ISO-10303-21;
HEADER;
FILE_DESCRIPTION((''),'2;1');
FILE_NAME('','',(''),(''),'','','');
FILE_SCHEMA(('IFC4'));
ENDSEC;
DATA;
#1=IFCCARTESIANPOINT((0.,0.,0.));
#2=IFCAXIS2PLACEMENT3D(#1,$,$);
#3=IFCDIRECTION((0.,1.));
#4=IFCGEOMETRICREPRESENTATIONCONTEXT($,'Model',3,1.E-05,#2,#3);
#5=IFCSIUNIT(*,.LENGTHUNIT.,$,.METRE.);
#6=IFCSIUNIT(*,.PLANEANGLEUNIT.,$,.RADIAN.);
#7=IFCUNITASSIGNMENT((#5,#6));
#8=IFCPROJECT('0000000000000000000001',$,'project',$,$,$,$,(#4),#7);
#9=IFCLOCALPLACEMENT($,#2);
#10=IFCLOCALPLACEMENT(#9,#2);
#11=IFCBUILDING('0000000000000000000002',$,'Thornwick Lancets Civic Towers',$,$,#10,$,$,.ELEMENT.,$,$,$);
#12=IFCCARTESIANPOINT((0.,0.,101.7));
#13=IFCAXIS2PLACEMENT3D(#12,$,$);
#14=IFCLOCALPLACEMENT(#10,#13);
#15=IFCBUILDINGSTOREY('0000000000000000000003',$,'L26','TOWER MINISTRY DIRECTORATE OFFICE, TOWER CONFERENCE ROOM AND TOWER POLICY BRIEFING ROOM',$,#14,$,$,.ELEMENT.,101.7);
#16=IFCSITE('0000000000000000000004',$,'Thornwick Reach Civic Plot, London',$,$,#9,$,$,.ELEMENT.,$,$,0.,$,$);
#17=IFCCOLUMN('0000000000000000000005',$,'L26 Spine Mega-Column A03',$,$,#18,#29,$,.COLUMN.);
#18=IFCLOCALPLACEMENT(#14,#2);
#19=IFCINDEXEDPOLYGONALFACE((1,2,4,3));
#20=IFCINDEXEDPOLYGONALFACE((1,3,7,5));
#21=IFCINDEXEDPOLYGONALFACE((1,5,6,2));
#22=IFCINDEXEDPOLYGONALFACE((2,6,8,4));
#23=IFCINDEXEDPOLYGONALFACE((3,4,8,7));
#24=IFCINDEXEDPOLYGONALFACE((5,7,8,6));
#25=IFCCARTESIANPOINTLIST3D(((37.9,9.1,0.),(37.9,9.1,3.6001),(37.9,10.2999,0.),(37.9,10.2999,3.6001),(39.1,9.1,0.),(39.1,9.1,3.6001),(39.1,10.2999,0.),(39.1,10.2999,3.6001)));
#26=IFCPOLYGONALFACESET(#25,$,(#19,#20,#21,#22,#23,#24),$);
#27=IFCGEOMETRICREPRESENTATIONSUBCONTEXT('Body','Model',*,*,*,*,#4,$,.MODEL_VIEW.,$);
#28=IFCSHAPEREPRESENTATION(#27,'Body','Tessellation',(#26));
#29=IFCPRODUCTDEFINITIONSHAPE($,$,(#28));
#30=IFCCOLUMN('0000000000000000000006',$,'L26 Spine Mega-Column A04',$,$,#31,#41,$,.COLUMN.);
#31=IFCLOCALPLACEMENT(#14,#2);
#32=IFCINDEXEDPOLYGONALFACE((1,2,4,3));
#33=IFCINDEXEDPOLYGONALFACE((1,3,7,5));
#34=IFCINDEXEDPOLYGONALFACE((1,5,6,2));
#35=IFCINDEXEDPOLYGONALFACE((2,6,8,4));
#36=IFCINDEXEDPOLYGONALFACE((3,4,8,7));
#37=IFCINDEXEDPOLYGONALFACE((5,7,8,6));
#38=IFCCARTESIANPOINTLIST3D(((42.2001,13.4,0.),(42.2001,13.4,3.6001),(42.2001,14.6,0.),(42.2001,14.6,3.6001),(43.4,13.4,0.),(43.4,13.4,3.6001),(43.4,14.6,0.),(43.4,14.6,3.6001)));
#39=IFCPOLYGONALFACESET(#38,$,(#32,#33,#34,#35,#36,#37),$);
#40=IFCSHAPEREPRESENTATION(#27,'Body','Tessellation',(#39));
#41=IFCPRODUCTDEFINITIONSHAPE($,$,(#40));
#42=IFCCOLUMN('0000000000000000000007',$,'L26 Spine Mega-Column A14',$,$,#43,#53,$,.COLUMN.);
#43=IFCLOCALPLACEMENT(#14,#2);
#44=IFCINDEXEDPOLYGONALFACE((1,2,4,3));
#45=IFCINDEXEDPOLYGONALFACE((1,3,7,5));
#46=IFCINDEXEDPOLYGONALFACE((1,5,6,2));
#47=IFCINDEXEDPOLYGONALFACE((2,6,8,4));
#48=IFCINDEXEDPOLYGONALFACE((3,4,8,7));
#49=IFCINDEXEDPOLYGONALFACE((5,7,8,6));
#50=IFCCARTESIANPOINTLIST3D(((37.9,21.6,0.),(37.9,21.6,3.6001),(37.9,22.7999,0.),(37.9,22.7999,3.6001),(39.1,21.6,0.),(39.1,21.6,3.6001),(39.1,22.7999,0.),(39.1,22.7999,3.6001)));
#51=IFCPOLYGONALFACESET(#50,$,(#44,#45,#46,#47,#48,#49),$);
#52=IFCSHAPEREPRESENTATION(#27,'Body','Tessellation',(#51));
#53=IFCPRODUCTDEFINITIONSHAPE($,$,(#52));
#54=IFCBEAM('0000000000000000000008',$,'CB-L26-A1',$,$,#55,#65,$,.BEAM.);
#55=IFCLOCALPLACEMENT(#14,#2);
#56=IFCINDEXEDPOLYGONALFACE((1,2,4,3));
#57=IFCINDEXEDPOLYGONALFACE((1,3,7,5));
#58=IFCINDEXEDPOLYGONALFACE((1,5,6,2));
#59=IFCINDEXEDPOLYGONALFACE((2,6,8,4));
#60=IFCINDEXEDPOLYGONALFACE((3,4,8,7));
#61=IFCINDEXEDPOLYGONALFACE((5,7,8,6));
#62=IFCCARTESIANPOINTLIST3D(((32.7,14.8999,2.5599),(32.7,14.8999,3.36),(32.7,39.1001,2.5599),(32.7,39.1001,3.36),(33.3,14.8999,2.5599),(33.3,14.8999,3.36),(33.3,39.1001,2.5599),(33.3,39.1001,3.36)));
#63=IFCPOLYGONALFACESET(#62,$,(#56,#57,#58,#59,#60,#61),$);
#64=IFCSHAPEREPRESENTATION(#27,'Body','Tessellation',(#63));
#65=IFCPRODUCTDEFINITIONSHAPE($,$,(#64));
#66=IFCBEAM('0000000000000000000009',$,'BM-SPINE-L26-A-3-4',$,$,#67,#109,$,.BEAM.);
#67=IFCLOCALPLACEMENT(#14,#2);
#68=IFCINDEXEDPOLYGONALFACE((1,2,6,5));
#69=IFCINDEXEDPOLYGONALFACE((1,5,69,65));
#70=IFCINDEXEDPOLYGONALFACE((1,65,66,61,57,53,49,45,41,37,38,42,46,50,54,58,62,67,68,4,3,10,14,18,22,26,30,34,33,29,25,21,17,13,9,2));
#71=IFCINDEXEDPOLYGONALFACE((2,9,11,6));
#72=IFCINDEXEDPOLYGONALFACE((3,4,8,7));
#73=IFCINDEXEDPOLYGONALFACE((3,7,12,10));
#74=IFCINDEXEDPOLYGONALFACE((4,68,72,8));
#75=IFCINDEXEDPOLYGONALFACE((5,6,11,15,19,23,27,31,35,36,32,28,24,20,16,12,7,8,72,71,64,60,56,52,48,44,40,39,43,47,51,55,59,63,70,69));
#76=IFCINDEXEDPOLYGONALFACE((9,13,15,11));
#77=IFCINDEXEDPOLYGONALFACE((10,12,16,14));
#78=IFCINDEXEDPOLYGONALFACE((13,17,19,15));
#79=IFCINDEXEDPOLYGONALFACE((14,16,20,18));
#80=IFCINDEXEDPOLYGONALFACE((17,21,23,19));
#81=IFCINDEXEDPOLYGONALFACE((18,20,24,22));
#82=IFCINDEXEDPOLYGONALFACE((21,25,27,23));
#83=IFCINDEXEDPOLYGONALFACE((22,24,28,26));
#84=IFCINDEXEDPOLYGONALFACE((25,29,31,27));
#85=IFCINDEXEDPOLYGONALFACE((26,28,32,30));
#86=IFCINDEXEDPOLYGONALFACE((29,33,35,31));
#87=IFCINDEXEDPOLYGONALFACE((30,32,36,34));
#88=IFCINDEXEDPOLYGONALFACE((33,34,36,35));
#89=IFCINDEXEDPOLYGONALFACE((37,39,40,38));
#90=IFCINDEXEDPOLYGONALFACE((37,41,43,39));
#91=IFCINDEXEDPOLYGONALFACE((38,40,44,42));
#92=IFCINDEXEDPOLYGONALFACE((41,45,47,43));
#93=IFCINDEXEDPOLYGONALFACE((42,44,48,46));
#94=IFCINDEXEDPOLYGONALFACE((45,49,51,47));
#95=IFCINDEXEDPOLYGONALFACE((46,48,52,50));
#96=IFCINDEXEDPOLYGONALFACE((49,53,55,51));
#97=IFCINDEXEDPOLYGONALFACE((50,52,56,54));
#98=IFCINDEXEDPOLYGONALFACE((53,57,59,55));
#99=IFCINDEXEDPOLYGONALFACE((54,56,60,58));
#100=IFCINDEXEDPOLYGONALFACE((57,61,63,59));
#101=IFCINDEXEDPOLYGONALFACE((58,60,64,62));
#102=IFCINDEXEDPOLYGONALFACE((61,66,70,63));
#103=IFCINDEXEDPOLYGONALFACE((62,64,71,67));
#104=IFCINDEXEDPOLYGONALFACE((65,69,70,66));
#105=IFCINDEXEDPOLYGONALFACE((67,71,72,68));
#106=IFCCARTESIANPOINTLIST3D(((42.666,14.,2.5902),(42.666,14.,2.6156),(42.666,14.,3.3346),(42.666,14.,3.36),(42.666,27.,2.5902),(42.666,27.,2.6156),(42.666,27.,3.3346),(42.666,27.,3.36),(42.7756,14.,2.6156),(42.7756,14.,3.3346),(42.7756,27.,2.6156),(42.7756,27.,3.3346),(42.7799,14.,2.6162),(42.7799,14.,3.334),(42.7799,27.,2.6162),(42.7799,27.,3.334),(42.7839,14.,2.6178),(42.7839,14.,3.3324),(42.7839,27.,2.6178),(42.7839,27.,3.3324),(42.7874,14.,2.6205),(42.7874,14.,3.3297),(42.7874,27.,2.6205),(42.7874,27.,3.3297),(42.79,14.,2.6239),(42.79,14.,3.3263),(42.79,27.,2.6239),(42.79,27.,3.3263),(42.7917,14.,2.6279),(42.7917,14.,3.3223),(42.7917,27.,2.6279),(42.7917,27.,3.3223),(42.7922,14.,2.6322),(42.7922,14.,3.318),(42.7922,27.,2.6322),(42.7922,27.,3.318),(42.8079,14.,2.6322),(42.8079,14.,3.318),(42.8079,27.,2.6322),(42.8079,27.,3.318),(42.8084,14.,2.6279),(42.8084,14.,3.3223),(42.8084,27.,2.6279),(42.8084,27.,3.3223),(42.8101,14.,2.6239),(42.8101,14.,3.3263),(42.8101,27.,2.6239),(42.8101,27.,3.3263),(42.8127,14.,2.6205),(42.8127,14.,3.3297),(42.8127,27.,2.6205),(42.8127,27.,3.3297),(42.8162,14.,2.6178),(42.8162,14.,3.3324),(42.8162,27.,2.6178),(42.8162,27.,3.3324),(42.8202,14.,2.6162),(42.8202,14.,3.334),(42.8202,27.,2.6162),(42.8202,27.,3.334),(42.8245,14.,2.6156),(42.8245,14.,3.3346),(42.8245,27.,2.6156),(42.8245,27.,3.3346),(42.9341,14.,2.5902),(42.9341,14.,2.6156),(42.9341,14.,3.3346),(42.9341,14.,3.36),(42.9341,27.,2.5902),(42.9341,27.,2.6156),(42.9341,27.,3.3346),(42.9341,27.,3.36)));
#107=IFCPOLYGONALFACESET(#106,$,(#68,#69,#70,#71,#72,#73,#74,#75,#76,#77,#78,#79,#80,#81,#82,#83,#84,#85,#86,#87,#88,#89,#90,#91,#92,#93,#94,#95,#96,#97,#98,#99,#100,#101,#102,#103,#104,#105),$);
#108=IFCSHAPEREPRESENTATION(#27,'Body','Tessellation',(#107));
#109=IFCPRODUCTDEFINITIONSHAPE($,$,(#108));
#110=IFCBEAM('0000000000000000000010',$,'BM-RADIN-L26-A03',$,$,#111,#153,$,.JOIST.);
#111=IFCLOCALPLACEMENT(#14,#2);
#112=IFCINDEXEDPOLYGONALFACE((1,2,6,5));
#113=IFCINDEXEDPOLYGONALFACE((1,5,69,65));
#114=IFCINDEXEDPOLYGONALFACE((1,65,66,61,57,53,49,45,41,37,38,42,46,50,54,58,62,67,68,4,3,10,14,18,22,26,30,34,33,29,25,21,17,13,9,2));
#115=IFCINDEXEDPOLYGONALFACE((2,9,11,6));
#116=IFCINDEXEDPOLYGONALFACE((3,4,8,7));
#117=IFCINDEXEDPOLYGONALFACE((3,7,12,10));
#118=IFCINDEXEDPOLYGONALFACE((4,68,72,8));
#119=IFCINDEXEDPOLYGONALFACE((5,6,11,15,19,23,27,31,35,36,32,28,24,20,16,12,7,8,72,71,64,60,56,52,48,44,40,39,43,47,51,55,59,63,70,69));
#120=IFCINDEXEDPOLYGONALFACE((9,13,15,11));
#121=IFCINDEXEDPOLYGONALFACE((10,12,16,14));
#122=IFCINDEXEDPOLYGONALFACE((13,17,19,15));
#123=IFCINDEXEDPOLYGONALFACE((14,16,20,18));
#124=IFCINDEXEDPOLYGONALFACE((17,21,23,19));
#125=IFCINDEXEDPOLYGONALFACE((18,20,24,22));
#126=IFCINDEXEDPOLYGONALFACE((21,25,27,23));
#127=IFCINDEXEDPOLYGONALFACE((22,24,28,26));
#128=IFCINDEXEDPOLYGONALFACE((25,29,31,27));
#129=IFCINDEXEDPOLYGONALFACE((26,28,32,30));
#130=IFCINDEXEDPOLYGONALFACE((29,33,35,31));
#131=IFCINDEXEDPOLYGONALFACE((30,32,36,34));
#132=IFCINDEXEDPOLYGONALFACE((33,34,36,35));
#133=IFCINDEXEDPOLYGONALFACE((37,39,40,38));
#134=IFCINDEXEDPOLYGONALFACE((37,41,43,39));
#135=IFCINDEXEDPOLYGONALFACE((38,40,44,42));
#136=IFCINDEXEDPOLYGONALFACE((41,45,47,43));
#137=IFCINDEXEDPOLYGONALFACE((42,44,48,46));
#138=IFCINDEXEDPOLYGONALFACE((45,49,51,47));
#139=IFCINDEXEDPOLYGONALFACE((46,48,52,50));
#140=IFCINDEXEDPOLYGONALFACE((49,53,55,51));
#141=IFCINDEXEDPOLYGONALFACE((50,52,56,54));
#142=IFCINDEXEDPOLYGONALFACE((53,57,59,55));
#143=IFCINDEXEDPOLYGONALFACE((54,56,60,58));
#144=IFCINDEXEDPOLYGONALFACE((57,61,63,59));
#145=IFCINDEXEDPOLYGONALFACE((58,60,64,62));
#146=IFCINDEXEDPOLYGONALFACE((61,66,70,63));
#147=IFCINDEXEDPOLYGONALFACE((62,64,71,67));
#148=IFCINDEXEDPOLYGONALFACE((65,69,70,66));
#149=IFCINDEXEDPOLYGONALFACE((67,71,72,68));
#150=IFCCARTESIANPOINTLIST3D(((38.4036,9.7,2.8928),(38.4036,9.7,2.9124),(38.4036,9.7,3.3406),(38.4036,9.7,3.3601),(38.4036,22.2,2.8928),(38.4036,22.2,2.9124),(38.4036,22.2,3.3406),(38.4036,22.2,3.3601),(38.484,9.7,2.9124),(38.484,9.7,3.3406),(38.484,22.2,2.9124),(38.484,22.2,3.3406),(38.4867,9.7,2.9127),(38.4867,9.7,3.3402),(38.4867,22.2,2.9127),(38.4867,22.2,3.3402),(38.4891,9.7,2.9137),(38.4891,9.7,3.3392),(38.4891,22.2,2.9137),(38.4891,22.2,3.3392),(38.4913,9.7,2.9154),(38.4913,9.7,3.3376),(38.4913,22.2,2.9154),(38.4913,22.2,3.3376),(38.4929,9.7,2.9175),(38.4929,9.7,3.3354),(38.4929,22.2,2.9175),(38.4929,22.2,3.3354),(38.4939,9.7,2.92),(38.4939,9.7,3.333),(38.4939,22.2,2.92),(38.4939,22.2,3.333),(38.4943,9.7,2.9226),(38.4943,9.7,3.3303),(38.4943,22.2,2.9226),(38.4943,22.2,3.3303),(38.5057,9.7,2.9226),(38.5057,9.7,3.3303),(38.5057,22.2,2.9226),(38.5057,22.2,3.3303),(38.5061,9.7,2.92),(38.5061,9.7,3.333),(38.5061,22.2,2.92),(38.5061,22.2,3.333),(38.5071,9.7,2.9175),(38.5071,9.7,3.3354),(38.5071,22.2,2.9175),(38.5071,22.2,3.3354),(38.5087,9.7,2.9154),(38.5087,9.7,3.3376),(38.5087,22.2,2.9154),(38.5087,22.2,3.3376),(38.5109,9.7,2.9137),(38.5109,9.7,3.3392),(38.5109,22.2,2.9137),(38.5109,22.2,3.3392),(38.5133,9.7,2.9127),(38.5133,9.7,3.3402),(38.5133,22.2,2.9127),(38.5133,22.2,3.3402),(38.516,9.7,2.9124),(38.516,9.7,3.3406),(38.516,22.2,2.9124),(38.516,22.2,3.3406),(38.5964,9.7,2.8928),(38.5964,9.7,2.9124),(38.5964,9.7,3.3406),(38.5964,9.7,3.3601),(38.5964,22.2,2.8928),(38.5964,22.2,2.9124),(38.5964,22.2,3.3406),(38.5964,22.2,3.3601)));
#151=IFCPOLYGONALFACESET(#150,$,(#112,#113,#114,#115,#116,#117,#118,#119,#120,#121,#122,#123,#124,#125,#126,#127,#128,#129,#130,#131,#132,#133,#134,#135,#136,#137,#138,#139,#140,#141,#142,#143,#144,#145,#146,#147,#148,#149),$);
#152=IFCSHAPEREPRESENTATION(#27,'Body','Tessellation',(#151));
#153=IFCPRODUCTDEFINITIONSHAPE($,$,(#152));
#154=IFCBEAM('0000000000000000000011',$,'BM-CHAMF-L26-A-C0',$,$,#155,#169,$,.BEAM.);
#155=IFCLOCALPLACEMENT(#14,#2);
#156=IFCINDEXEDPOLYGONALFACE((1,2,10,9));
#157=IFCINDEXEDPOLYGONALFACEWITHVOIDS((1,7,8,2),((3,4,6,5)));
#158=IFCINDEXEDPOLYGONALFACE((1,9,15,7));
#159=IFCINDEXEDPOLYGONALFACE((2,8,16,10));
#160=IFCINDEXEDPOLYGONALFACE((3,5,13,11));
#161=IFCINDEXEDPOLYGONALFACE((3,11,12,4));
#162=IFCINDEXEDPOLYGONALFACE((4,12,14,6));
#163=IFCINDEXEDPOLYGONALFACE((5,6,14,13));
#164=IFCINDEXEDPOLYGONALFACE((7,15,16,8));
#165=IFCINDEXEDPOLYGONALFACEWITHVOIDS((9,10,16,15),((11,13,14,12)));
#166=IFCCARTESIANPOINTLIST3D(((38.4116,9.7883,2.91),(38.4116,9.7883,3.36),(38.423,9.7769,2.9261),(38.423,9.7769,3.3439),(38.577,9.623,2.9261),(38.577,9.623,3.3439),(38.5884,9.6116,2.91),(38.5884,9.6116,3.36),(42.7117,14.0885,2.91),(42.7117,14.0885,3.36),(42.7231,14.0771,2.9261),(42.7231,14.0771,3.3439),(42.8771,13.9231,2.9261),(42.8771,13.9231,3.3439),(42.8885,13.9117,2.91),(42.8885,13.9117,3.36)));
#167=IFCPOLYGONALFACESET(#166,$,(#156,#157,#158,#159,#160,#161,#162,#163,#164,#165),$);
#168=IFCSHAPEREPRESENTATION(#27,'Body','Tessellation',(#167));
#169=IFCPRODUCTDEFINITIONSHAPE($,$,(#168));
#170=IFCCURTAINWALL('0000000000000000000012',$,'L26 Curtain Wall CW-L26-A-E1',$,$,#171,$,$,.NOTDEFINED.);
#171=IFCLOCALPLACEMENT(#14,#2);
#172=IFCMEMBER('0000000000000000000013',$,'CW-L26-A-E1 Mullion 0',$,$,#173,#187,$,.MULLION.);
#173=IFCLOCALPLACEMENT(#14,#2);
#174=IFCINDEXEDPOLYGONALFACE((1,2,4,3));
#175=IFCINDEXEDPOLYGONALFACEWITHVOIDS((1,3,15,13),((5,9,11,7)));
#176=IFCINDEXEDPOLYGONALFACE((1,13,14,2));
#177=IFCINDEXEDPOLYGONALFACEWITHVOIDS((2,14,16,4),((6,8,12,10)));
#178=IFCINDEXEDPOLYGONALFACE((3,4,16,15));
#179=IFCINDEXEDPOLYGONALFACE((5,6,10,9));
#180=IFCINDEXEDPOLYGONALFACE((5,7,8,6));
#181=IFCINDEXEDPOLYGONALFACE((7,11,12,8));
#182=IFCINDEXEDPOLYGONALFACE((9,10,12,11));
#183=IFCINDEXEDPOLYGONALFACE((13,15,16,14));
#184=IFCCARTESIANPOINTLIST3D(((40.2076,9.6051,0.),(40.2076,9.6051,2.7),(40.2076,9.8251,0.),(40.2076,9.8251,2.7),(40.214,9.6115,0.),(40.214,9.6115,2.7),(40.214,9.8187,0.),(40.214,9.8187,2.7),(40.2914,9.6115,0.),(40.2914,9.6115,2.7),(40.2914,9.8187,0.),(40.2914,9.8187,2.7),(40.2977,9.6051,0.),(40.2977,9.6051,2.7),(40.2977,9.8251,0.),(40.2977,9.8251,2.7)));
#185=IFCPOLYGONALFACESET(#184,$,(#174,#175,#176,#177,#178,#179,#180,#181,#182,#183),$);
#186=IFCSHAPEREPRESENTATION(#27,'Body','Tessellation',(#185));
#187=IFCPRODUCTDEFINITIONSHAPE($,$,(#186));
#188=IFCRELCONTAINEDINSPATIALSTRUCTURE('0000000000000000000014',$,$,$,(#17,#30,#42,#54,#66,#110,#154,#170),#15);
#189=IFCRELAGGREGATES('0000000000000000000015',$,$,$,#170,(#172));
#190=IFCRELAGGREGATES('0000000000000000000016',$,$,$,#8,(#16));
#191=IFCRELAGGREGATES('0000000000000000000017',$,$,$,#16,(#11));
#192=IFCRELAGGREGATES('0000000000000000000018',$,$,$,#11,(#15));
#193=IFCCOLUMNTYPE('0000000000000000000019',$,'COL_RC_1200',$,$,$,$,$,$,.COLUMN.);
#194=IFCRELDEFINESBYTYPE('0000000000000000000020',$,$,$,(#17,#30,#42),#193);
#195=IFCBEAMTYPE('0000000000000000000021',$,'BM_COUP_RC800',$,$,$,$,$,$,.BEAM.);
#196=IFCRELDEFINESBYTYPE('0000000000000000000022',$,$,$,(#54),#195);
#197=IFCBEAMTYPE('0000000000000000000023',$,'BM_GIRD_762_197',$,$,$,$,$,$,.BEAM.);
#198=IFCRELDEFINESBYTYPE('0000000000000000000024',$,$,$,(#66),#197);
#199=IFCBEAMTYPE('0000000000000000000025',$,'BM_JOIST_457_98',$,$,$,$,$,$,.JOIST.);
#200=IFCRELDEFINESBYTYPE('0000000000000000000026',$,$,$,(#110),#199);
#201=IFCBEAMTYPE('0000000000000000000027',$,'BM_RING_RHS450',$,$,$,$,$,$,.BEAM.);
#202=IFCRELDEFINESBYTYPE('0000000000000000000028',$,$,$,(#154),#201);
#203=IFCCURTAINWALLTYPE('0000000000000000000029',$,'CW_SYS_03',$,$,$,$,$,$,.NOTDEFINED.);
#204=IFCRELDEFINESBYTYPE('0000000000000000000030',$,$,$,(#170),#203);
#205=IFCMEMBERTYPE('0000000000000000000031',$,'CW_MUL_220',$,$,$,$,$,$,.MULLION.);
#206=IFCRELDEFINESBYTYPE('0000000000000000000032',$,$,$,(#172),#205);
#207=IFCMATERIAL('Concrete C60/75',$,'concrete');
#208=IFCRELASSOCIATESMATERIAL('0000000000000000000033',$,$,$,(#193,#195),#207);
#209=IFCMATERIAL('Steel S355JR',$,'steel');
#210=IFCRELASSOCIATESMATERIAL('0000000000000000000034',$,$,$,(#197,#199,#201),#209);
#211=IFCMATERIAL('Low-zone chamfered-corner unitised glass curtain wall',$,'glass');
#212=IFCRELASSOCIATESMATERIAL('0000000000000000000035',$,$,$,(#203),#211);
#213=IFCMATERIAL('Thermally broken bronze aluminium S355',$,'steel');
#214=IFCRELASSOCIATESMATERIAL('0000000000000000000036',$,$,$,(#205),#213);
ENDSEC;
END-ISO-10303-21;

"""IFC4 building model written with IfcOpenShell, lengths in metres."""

from ifc_helpers import new_model, si_unit, direction, frame, origin, origin_2d, place, context, subcontext, project, spatial, rectangle, hollow_rectangle, i_section, extrude, material, material_profile, profile_set, type_object, element, aggregate, save


model = new_model("IFC4")

# Units and contexts
model_context = context("Model", 3, precision=1e-05, world=origin(), true_north=direction((0.0, 1.0)))
body_context = subcontext(model_context, "Body", "Model", "MODEL_VIEW")
ifc_project = project(units=[si_unit("LENGTHUNIT", "METRE"), si_unit("PLANEANGLEUNIT", "RADIAN")], contexts=[model_context])

# Site, building, storey
site_placement = place(None, origin())
site = spatial("IfcSite", under=ifc_project, at=site_placement, Name="Thornwick Reach Civic Plot, London", CompositionType="ELEMENT", RefElevation=0.0)
building_placement = place(site_placement, origin())
building = spatial("IfcBuilding", under=site, at=building_placement, Name="Thornwick Lancets Civic Towers", CompositionType="ELEMENT")
storey_placement = place(building_placement, frame((0.0, 0.0, 101.7)))
storey = spatial("IfcBuildingStorey", under=building, at=storey_placement, Name="L26", Description="TOWER MINISTRY DIRECTORATE OFFICE, TOWER CONFERENCE ROOM AND TOWER POLICY BRIEFING ROOM", CompositionType="ELEMENT", Elevation=101.7)

# Columns
ifc_material_1 = material(Name="Concrete C60/75", Category="concrete")
ifc_material_profile_1 = material_profile(ifc_material_1, rectangle(XDim=1.2, YDim=1.2, at=origin_2d()), Name="RC 1200x1200")
ifc_profile_set_1 = profile_set([ifc_material_profile_1], Name="Concrete C60/75")
column_type = type_object("IfcColumnType", Name="COL_RC_1200", PredefinedType="COLUMN", material=ifc_profile_set_1)
for number, where, z_axis, x_axis, name in (
    (1, (38.5, 9.7, 0.0), (0.0, 0.0, 1.0), (1.0, 0.0, 0.0), "L26 Spine Mega-Column A03"),
    (2, (42.8, 14.0, 0.0), (0.0, 0.0, 1.0), (1.0, 0.0, 0.0), "L26 Spine Mega-Column A04"),
    (3, (38.5, 22.2, 0.0), (0.0, 0.0, 1.0), (1.0, 0.0, 0.0), "L26 Spine Mega-Column A14"),
):
    element("IfcColumn", number, at=place(storey_placement, frame(where, z_axis=z_axis, x_axis=x_axis)), inside=storey, type_object=column_type, Name=name, PredefinedType="COLUMN", context=body_context, shape_type="SweptSolid", body=[
        extrude(rectangle(XDim=1.2, YDim=1.2, at=origin_2d()), origin(), (0.0, 0.0, 1.0), 3.6001),
    ])

# Beams
ifc_material_profile_2 = material_profile(ifc_material_1, rectangle(XDim=0.6001, YDim=0.8, at=origin_2d()), Name="RC 600x800")
ifc_profile_set_2 = profile_set([ifc_material_profile_2], Name="Concrete C60/75")
beam_type_1 = type_object("IfcBeamType", Name="BM_COUP_RC800", PredefinedType="BEAM", material=ifc_profile_set_2)
beam_1_placement = place(storey_placement, frame((33.0, 14.8999, 2.96), z_axis=(0.0, 1.0, 0.0), x_axis=(-1.0, 0.0, 0.0)))
element("IfcBeam", 4, at=beam_1_placement, inside=storey, type_object=beam_type_1, Name="CB-L26-A1", PredefinedType="BEAM", context=body_context, shape_type="SweptSolid", body=[
    extrude(rectangle(XDim=0.6001, YDim=0.8, at=origin_2d()), origin(), (0.0, 0.0, 1.0), 24.2002),
])
ifc_material_2 = material(Name="Steel S355JR", Category="steel")
ifc_material_profile_3 = material_profile(ifc_material_2, i_section(OverallWidth=0.2681, OverallDepth=0.7698, WebThickness=0.0156, FlangeThickness=0.0254, FilletRadius=0.0166, at=origin_2d()), Name="UKB 762x267x197")
ifc_profile_set_3 = profile_set([ifc_material_profile_3], Name="Steel S355JR")
beam_type_2 = type_object("IfcBeamType", Name="BM_GIRD_762_197", PredefinedType="BEAM", material=ifc_profile_set_3)
beam_2_placement = place(storey_placement, frame((42.8, 14.0, 2.9751), z_axis=(0.0, 1.0, 0.0), x_axis=(-1.0, 0.0, 0.0)))
element("IfcBeam", 5, at=beam_2_placement, inside=storey, type_object=beam_type_2, Name="BM-SPINE-L26-A-3-4", PredefinedType="BEAM", context=body_context, shape_type="SweptSolid", body=[
    extrude(i_section(OverallWidth=0.2681, OverallDepth=0.7698, WebThickness=0.0156, FlangeThickness=0.0254, FilletRadius=0.0166, at=origin_2d()), origin(), (0.0, 0.0, 1.0), 13.0),
])
ifc_material_profile_4 = material_profile(ifc_material_2, i_section(OverallWidth=0.1929, OverallDepth=0.4673, WebThickness=0.0115, FlangeThickness=0.0195, FilletRadius=0.0103, at=origin_2d()), Name="UKB 457x191x98")
ifc_profile_set_4 = profile_set([ifc_material_profile_4], Name="Steel S355JR")
beam_type_3 = type_object("IfcBeamType", Name="BM_JOIST_457_98", PredefinedType="JOIST", material=ifc_profile_set_4)
beam_3_placement = place(storey_placement, frame((38.5, 22.2, 3.1265), z_axis=(0.0, -1.0, 0.0), x_axis=(1.0, 0.0, 0.0)))
element("IfcBeam", 6, at=beam_3_placement, inside=storey, type_object=beam_type_3, Name="BM-RADIN-L26-A03", PredefinedType="JOIST", context=body_context, shape_type="SweptSolid", body=[
    extrude(i_section(OverallWidth=0.1929, OverallDepth=0.4673, WebThickness=0.0115, FlangeThickness=0.0195, FilletRadius=0.0103, at=origin_2d()), origin(), (0.0, 0.0, 1.0), 12.5),
])
ifc_material_profile_5 = material_profile(ifc_material_2, hollow_rectangle(XDim=0.25, YDim=0.45, WallThickness=0.0161, at=origin_2d()), Name="RHS 450x250x16")
ifc_profile_set_5 = profile_set([ifc_material_profile_5], Name="Steel S355JR")
beam_type_4 = type_object("IfcBeamType", Name="BM_RING_RHS450", PredefinedType="BEAM", material=ifc_profile_set_5)
beam_4_placement = place(storey_placement, frame((38.5, 9.7, 3.135), z_axis=(0.707107, 0.707107, 0.0), x_axis=(-0.707107, 0.707107, 0.0)))
element("IfcBeam", 7, at=beam_4_placement, inside=storey, type_object=beam_type_4, Name="BM-CHAMF-L26-A-C0", PredefinedType="BEAM", context=body_context, shape_type="SweptSolid", body=[
    extrude(hollow_rectangle(XDim=0.25, YDim=0.45, WallThickness=0.0161, at=origin_2d()), origin(), (0.0, 0.0, 1.0), 6.0813),
])

# Curtain wall, member
ifc_material_3 = material(Name="Low-zone chamfered-corner unitised glass curtain wall", Category="glass")
curtain_wall_type = type_object("IfcCurtainWallType", Name="CW_SYS_03", PredefinedType="NOTDEFINED", material=ifc_material_3)
curtain_wall_placement = place(storey_placement, origin())
curtain_wall = element("IfcCurtainWall", 8, at=curtain_wall_placement, inside=storey, type_object=curtain_wall_type, Name="L26 Curtain Wall CW-L26-A-E1", PredefinedType="NOTDEFINED")
ifc_material_4 = material(Name="Thermally broken bronze aluminium S355", Category="steel")
ifc_material_profile_6 = material_profile(ifc_material_4, hollow_rectangle(XDim=0.0901, YDim=0.22, WallThickness=0.0063, at=origin_2d()), Name="RHS 220x90x6.3")
ifc_profile_set_6 = profile_set([ifc_material_profile_6], Name="Thermally broken bronze aluminium S355")
member_type_1 = type_object("IfcMemberType", Name="CW_MUL_220", PredefinedType="MULLION", material=ifc_profile_set_6)
member_1_placement = place(storey_placement, frame((40.2527, 9.7151, 0.0), z_axis=(0.0, 0.0, 1.0), x_axis=(1.0, 0.0, 0.0)))
member_1 = element("IfcMember", 9, at=member_1_placement, type_object=member_type_1, Name="CW-L26-A-E1 Mullion 0", PredefinedType="MULLION", context=body_context, shape_type="SweptSolid", body=[
    extrude(hollow_rectangle(XDim=0.0901, YDim=0.22, WallThickness=0.0063, at=origin_2d()), origin(), (0.0, 0.0, 1.0), 2.7),
])
aggregate(curtain_wall, [member_1])

save(model, "model.ifc")
